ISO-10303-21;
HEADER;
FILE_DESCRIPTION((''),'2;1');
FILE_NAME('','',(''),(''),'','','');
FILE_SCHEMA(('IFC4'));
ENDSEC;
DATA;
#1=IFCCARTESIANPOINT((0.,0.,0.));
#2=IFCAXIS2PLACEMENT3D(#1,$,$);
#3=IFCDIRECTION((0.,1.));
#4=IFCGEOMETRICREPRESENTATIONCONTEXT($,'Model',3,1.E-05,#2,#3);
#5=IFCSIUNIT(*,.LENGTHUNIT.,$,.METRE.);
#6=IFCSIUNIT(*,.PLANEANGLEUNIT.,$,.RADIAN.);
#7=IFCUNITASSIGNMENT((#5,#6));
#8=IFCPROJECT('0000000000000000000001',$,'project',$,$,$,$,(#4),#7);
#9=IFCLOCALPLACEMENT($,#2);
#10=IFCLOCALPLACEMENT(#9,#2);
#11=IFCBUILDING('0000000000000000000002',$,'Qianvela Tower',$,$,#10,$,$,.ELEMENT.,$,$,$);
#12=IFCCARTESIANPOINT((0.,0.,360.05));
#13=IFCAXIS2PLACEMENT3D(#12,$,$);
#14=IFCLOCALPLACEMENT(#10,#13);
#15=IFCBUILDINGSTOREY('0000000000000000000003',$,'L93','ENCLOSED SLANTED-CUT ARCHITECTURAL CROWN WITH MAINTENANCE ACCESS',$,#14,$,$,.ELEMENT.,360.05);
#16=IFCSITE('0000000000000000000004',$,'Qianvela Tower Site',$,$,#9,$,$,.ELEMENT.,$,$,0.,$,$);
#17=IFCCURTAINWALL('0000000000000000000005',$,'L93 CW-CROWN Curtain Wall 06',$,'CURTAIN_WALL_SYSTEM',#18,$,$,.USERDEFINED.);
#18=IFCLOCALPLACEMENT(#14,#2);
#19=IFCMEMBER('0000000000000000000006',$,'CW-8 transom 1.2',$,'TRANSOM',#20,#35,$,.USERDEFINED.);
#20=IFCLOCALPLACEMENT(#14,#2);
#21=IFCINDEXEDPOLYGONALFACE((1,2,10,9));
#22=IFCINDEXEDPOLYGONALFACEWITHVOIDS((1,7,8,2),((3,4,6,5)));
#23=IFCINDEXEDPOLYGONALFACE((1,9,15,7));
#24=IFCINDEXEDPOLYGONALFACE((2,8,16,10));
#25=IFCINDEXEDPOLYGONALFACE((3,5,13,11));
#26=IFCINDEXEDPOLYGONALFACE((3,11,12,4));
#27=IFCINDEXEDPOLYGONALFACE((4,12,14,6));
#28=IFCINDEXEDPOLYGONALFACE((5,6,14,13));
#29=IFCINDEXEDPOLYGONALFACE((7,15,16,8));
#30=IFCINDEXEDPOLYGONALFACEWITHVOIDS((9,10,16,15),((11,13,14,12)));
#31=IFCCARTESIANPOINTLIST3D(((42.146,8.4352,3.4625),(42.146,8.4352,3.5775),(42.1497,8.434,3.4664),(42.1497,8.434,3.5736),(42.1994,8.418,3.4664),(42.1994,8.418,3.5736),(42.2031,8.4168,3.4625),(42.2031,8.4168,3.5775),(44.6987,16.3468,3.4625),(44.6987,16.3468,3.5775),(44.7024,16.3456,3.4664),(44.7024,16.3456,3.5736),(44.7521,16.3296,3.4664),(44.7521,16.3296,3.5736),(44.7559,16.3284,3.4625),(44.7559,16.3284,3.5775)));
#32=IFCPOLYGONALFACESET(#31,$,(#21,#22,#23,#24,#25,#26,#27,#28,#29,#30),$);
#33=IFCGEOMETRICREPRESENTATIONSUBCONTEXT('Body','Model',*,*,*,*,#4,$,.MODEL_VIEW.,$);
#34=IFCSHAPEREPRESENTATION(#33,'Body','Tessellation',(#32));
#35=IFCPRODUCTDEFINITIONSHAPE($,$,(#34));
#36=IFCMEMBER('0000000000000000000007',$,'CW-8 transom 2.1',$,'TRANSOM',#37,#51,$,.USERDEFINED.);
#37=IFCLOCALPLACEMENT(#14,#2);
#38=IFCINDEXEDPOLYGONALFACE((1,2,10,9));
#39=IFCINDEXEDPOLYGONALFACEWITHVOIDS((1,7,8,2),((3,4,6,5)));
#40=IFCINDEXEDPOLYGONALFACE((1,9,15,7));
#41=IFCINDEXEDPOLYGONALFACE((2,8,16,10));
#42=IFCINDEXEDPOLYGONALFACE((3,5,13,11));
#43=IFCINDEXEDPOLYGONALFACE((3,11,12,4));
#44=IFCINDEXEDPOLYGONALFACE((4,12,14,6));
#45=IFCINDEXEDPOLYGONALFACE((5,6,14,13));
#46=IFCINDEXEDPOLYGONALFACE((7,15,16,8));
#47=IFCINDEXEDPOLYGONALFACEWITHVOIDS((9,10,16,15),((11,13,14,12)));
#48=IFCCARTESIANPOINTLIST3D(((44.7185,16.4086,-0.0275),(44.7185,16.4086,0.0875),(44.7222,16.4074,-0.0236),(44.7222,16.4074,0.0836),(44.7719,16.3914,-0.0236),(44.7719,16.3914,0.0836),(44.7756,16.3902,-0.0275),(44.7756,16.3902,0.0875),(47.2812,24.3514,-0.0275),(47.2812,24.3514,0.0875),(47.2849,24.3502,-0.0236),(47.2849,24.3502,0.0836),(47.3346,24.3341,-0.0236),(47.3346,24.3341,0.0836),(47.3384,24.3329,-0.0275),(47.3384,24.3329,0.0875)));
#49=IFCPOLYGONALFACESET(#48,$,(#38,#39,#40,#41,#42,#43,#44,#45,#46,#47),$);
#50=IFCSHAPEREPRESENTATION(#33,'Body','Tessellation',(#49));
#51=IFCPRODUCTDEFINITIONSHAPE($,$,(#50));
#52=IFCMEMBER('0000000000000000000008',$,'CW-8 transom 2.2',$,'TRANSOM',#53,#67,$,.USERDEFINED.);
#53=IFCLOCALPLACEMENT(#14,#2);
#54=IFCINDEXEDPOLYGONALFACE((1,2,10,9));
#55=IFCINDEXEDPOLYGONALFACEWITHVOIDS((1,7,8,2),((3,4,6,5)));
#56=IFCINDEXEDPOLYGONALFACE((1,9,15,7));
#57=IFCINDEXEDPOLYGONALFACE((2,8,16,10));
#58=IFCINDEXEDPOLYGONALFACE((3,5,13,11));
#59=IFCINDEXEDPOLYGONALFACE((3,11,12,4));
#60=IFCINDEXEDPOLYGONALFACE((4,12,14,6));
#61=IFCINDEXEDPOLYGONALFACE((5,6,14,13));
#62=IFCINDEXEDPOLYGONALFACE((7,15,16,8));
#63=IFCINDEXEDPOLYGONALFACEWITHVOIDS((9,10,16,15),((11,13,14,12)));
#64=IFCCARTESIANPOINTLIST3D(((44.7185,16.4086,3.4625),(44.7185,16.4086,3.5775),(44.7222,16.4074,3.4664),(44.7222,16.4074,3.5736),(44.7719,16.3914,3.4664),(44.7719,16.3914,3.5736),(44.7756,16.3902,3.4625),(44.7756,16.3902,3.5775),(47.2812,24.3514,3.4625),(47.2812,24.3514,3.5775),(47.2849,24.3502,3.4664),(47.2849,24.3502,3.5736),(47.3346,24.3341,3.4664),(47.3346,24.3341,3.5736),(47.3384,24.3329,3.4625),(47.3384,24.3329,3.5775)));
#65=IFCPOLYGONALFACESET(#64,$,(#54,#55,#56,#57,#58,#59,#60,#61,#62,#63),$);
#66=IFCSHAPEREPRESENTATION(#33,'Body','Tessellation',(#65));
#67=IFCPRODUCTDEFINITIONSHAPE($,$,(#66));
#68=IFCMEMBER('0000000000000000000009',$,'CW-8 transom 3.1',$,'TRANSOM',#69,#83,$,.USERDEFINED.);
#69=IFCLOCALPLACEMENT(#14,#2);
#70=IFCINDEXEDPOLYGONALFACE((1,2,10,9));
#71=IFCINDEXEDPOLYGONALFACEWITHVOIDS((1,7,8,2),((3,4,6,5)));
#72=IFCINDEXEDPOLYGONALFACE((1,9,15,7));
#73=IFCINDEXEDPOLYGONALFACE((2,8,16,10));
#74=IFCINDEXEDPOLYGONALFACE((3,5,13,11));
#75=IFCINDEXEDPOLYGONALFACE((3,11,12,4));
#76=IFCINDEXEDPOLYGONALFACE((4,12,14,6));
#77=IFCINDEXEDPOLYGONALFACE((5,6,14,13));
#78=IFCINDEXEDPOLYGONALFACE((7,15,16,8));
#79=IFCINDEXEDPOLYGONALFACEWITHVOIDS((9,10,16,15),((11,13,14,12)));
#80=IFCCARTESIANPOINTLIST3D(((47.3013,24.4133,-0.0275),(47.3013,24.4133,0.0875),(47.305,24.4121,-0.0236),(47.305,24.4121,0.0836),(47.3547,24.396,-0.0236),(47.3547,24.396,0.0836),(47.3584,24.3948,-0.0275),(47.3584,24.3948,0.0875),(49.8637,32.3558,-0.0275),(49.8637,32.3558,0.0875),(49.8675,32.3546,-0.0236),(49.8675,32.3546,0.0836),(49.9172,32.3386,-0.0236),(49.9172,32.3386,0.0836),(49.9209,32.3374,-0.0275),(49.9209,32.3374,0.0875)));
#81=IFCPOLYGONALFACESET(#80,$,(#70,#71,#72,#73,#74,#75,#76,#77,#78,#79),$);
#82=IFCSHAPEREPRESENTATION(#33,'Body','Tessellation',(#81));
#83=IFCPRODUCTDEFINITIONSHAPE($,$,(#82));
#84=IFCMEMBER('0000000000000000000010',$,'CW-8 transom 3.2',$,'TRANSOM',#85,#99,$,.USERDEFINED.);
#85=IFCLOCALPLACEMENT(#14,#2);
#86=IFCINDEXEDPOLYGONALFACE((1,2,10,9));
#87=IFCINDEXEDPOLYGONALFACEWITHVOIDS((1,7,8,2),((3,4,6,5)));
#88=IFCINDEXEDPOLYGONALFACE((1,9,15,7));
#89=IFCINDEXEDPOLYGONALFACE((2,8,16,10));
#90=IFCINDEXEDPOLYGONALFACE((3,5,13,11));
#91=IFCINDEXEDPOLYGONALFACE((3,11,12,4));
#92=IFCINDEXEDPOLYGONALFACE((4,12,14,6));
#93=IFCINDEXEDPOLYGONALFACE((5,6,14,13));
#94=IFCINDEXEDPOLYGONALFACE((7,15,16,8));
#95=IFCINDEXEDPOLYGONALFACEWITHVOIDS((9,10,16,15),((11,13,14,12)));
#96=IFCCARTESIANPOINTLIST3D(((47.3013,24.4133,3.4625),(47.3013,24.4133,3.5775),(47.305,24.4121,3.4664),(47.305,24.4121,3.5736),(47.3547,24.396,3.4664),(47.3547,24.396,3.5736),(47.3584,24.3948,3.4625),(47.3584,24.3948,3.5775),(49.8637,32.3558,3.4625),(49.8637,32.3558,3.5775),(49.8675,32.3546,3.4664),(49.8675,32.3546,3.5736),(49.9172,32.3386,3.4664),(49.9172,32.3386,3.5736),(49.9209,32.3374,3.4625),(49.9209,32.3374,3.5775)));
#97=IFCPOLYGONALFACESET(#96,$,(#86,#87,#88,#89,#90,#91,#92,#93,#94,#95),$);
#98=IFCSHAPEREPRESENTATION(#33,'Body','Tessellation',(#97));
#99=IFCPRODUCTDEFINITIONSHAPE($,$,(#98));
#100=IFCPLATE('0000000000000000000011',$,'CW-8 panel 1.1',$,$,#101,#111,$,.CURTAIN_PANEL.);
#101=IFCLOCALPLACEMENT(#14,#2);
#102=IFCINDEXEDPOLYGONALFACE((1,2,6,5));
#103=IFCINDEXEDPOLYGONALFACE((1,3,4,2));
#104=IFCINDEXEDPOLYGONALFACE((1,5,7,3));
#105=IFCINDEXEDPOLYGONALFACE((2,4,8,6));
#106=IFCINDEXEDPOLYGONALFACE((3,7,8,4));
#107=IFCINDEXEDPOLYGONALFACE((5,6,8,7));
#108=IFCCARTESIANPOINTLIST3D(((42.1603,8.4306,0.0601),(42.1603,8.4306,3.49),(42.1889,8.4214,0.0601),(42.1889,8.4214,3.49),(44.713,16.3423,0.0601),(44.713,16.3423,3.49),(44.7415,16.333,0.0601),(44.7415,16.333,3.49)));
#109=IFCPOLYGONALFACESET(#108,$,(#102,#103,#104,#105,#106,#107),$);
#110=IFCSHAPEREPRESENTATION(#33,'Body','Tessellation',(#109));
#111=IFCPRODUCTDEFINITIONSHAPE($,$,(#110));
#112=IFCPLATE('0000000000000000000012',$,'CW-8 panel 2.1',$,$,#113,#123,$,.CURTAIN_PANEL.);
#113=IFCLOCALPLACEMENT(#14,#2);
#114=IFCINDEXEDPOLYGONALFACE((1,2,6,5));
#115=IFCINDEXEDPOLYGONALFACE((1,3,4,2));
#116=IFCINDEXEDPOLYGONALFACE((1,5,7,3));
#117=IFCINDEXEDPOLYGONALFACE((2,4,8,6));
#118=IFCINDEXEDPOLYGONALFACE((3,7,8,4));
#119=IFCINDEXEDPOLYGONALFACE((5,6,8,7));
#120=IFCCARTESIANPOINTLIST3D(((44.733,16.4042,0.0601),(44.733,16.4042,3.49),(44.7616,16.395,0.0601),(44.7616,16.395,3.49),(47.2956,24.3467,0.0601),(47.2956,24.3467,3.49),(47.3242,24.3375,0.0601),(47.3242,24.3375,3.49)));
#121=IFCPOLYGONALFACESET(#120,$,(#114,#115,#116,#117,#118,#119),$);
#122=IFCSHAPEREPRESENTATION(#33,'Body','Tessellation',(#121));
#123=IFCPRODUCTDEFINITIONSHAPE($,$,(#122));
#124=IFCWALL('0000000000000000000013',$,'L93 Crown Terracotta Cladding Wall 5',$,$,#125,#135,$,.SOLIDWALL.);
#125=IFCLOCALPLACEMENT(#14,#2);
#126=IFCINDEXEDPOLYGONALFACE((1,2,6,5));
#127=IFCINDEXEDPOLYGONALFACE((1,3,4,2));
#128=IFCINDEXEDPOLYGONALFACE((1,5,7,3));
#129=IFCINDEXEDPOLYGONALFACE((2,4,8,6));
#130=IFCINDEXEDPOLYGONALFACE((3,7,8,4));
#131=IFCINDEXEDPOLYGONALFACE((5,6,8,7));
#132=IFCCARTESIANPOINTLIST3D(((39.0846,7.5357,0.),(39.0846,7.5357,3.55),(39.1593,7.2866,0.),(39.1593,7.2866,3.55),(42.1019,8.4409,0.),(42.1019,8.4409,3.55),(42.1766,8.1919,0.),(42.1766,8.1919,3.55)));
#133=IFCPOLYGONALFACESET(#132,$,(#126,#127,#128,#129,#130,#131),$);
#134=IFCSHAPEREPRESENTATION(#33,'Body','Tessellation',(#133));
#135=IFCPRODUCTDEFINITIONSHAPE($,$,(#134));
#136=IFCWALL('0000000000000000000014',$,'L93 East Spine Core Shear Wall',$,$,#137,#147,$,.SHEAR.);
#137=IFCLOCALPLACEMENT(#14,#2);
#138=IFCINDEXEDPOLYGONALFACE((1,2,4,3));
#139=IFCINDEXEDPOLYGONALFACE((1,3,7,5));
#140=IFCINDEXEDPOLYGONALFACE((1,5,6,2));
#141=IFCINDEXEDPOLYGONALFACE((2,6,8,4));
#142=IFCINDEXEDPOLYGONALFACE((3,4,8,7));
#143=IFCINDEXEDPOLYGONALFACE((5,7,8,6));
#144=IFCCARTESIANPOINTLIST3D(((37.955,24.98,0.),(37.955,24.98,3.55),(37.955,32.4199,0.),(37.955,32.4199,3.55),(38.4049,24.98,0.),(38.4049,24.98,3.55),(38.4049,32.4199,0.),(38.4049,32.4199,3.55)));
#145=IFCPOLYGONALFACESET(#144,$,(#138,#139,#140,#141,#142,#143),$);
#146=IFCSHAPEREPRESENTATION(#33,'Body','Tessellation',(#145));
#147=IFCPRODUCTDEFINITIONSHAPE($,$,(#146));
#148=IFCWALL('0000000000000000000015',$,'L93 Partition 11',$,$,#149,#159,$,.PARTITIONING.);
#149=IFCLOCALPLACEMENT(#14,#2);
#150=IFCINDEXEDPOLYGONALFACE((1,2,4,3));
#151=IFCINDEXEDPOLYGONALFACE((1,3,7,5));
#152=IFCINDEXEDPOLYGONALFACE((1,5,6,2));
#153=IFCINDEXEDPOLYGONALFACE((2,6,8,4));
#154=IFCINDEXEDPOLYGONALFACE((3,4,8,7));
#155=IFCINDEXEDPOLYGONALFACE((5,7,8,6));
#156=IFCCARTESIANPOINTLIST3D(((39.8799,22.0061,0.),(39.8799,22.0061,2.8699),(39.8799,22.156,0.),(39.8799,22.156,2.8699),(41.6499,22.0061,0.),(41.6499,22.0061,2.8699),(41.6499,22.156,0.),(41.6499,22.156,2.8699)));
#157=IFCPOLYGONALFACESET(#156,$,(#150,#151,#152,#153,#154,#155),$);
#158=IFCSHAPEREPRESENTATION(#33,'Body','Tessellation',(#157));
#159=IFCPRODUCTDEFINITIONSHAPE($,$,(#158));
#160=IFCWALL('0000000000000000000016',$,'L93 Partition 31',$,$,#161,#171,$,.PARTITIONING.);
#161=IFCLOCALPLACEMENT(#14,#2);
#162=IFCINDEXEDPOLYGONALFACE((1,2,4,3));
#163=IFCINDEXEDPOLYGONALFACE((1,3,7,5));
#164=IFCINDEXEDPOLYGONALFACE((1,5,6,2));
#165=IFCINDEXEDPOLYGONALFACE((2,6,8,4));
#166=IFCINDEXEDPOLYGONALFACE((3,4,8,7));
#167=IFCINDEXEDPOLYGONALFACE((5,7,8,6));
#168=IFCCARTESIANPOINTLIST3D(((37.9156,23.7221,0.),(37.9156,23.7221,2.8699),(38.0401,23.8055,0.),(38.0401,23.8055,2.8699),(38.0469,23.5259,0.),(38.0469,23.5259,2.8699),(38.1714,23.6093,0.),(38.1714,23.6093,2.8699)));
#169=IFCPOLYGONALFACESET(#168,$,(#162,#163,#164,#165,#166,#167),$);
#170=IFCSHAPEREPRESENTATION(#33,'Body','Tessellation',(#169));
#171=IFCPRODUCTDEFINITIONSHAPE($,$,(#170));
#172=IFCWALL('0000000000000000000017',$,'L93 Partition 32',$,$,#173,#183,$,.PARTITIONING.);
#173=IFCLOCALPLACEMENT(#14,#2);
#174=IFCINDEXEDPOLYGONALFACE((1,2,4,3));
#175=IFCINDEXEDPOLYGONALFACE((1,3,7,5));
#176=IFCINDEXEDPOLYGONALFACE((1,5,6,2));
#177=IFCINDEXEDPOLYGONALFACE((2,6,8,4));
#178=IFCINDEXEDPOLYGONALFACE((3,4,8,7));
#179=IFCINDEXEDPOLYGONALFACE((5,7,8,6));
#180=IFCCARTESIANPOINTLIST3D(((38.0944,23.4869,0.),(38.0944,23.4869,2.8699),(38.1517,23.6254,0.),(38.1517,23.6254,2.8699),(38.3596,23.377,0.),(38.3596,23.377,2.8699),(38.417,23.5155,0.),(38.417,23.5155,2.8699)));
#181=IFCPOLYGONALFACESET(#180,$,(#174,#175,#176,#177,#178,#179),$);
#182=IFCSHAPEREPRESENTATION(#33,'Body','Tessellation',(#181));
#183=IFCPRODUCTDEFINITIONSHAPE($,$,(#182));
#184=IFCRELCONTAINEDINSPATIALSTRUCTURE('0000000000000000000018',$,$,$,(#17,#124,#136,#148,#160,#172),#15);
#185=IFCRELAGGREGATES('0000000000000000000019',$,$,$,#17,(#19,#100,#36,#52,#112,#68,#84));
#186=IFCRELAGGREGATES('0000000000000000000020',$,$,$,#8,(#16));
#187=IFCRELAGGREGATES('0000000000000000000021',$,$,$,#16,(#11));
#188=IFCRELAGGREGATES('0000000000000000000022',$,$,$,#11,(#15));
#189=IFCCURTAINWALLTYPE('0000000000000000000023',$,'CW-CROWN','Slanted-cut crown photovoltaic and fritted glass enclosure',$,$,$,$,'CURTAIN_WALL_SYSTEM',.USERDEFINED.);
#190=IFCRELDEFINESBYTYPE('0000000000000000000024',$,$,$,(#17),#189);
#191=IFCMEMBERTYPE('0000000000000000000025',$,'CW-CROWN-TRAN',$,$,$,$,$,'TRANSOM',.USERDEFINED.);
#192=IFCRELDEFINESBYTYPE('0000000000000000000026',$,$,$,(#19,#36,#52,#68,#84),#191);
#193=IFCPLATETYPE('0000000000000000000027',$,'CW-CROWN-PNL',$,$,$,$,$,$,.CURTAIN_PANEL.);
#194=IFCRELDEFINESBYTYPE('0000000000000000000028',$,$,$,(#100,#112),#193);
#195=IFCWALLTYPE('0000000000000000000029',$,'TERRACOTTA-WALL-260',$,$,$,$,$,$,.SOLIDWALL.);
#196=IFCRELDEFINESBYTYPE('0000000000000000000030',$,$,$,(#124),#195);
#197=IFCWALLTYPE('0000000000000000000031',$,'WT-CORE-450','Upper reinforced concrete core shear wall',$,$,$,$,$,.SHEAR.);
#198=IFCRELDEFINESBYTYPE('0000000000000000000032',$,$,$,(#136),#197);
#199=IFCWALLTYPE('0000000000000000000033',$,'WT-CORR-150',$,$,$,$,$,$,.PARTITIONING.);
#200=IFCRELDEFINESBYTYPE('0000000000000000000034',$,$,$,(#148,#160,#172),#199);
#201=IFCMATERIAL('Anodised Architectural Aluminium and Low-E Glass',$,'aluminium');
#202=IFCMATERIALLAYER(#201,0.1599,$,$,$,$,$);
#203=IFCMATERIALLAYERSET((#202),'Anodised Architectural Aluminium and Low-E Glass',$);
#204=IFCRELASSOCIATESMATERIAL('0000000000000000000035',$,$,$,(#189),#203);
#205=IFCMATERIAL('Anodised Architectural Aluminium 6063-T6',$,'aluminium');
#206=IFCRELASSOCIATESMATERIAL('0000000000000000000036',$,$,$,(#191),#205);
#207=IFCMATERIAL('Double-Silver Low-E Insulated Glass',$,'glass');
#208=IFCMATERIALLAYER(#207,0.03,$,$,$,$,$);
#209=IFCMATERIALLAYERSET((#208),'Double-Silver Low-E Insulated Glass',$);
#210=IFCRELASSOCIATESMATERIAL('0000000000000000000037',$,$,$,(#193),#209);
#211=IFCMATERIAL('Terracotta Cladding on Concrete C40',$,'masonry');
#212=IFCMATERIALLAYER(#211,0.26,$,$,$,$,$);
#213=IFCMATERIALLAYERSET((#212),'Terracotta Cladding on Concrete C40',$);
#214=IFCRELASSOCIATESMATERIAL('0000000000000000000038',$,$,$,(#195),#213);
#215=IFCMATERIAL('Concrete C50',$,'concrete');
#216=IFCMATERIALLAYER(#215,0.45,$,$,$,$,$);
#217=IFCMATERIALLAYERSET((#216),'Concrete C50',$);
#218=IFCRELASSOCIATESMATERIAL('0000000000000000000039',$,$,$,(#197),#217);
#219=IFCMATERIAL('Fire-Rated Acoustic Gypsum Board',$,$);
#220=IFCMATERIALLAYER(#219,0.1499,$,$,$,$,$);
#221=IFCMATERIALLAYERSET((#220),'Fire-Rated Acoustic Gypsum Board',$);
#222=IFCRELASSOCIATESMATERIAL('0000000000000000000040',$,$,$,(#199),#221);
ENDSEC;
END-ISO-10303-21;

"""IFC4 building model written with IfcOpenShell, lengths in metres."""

from ifc_helpers import new_model, si_unit, direction, frame, frame_2d, origin, origin_2d, place, context, subcontext, project, spatial, rectangle, hollow_rectangle, extrude, material, layer, layer_set, material_profile, profile_set, type_object, element, aggregate, save


model = new_model("IFC4")

# Units and contexts
model_context = context("Model", 3, precision=1e-05, world=origin(), true_north=direction((0.0, 1.0)))
body_context = subcontext(model_context, "Body", "Model", "MODEL_VIEW")
ifc_project = project(units=[si_unit("LENGTHUNIT", "METRE"), si_unit("PLANEANGLEUNIT", "RADIAN")], contexts=[model_context])

# Site, building, storey
site_placement = place(None, origin())
site = spatial("IfcSite", under=ifc_project, at=site_placement, Name="Qianvela Tower Site", CompositionType="ELEMENT", RefElevation=0.0)
building_placement = place(site_placement, origin())
building = spatial("IfcBuilding", under=site, at=building_placement, Name="Qianvela Tower", CompositionType="ELEMENT")
storey_placement = place(building_placement, frame((0.0, 0.0, 360.05)))
storey = spatial("IfcBuildingStorey", under=building, at=storey_placement, Name="L93", Description="ENCLOSED SLANTED-CUT ARCHITECTURAL CROWN WITH MAINTENANCE ACCESS", CompositionType="ELEMENT", Elevation=360.05)

# Shared definitions
ifc_material_1 = material(Name="Anodised Architectural Aluminium and Low-E Glass", Category="aluminium")
ifc_layer_1 = layer(ifc_material_1, 0.1599)
ifc_layer_set_1 = layer_set([ifc_layer_1], Name="Anodised Architectural Aluminium and Low-E Glass")
curtain_wall_type = type_object("IfcCurtainWallType", Name="CW-CROWN", Description="Slanted-cut crown photovoltaic and fritted glass enclosure", ElementType="CURTAIN_WALL_SYSTEM", PredefinedType="USERDEFINED", material=ifc_layer_set_1)

# Curtain wall, members, plates
curtain_wall_1_placement = place(storey_placement, origin())
curtain_wall_1 = element("IfcCurtainWall", 1, at=curtain_wall_1_placement, inside=storey, type_object=curtain_wall_type, Name="L93 CW-CROWN Curtain Wall 06", ObjectType="CURTAIN_WALL_SYSTEM", PredefinedType="USERDEFINED")
ifc_material_2 = material(Name="Anodised Architectural Aluminium 6063-T6", Category="aluminium")
ifc_material_profile_1 = material_profile(ifc_material_2, hollow_rectangle(XDim=0.0601, YDim=0.115, WallThickness=0.0039, at=origin_2d()), Name="ALU-TRAN-60x115")
ifc_profile_set_1 = profile_set([ifc_material_profile_1], Name="Anodised Architectural Aluminium 6063-T6")
member_type_1 = type_object("IfcMemberType", Name="CW-CROWN-TRAN", ElementType="TRANSOM", PredefinedType="USERDEFINED", material=ifc_profile_set_1)
member_1_placement = place(storey_placement, frame((42.1746, 8.426, 3.52), z_axis=(0.307068, 0.951688, 0.0), x_axis=(-0.951688, 0.307068, 0.0)))
member_1 = element("IfcMember", 2, at=member_1_placement, type_object=member_type_1, Name="CW-8 transom 1.2", ObjectType="TRANSOM", PredefinedType="USERDEFINED", context=body_context, shape_type="SweptSolid", body=[
    extrude(hollow_rectangle(XDim=0.0601, YDim=0.115, WallThickness=0.0039, at=origin_2d()), origin(), (0.0, 0.0, 1.0), 8.3132),
])
member_2_placement = place(storey_placement, frame((44.7471, 16.3994, 0.03), z_axis=(0.30706, 0.95169, 0.0), x_axis=(-0.95169, 0.30706, 0.0)))
member_2 = element("IfcMember", 3, at=member_2_placement, type_object=member_type_1, Name="CW-8 transom 2.1", ObjectType="TRANSOM", PredefinedType="USERDEFINED", context=body_context, shape_type="SweptSolid", body=[
    extrude(hollow_rectangle(XDim=0.0601, YDim=0.115, WallThickness=0.0039, at=origin_2d()), origin(), (0.0, 0.0, 1.0), 8.3459),
])
member_3_placement = place(storey_placement, frame((44.7471, 16.3994, 3.52), z_axis=(0.30706, 0.95169, 0.0), x_axis=(-0.95169, 0.30706, 0.0)))
member_3 = element("IfcMember", 4, at=member_3_placement, type_object=member_type_1, Name="CW-8 transom 2.2", ObjectType="TRANSOM", PredefinedType="USERDEFINED", context=body_context, shape_type="SweptSolid", body=[
    extrude(hollow_rectangle(XDim=0.0601, YDim=0.115, WallThickness=0.0039, at=origin_2d()), origin(), (0.0, 0.0, 1.0), 8.3459),
])
member_4_placement = place(storey_placement, frame((47.3298, 24.4041, 0.03), z_axis=(0.307042, 0.951696, 0.0), x_axis=(-0.951696, 0.307042, 0.0)))
member_4 = element("IfcMember", 5, at=member_4_placement, type_object=member_type_1, Name="CW-8 transom 3.1", ObjectType="TRANSOM", PredefinedType="USERDEFINED", context=body_context, shape_type="SweptSolid", body=[
    extrude(hollow_rectangle(XDim=0.0601, YDim=0.115, WallThickness=0.0039, at=origin_2d()), origin(), (0.0, 0.0, 1.0), 8.3457),
])
member_5_placement = place(storey_placement, frame((47.3298, 24.4041, 3.52), z_axis=(0.307042, 0.951696, 0.0), x_axis=(-0.951696, 0.307042, 0.0)))
member_5 = element("IfcMember", 6, at=member_5_placement, type_object=member_type_1, Name="CW-8 transom 3.2", ObjectType="TRANSOM", PredefinedType="USERDEFINED", context=body_context, shape_type="SweptSolid", body=[
    extrude(hollow_rectangle(XDim=0.0601, YDim=0.115, WallThickness=0.0039, at=origin_2d()), origin(), (0.0, 0.0, 1.0), 8.3457),
])
ifc_material_3 = material(Name="Double-Silver Low-E Insulated Glass", Category="glass")
ifc_layer_2 = layer(ifc_material_3, 0.03)
ifc_layer_set_2 = layer_set([ifc_layer_2], Name="Double-Silver Low-E Insulated Glass")
plate_type = type_object("IfcPlateType", Name="CW-CROWN-PNL", PredefinedType="CURTAIN_PANEL", material=ifc_layer_set_2)
plate_1_placement = place(storey_placement, frame((43.4509, 12.3818, 0.0601), z_axis=(0.0, 0.0, 1.0), x_axis=(0.307057, 0.951691, 0.0)))
plate_1 = element("IfcPlate", 7, at=plate_1_placement, type_object=plate_type, Name="CW-8 panel 1.1", PredefinedType="CURTAIN_PANEL", context=body_context, shape_type="SweptSolid", body=[
    extrude(rectangle(XDim=8.3132, YDim=0.03, at=origin_2d()), origin(), (0.0, 0.0, 1.0), 3.4299),
])
plate_2_placement = place(storey_placement, frame((46.0286, 20.3708, 0.0601), z_axis=(0.0, 0.0, 1.0), x_axis=(0.307057, 0.951691, 0.0)))
plate_2 = element("IfcPlate", 8, at=plate_2_placement, type_object=plate_type, Name="CW-8 panel 2.1", PredefinedType="CURTAIN_PANEL", context=body_context, shape_type="SweptSolid", body=[
    extrude(rectangle(XDim=8.3457, YDim=0.03, at=origin_2d()), origin(), (0.0, 0.0, 1.0), 3.4299),
])
aggregate(curtain_wall_1, [member_1, plate_1, member_2, member_3, plate_2, member_4, member_5])

# Walls
ifc_material_4 = material(Name="Terracotta Cladding on Concrete C40", Category="masonry")
ifc_layer_3 = layer(ifc_material_4, 0.26)
ifc_layer_set_3 = layer_set([ifc_layer_3], Name="Terracotta Cladding on Concrete C40")
wall_type_1 = type_object("IfcWallType", Name="TERRACOTTA-WALL-260", PredefinedType="SOLIDWALL", material=ifc_layer_set_3)
wall_1_placement = place(storey_placement, frame((39.1218, 7.4111, 0.0), z_axis=(0.0, 0.0, 1.0), x_axis=(0.95782, 0.287369, 0.0)))
element("IfcWall", 9, at=wall_1_placement, inside=storey, type_object=wall_type_1, Name="L93 Crown Terracotta Cladding Wall 5", PredefinedType="SOLIDWALL", context=body_context, shape_type="SweptSolid", body=[
    extrude(rectangle(XDim=3.1501, YDim=0.26, at=frame_2d((1.5752, 0.0))), origin(), (0.0, 0.0, 1.0), 3.55),
])
ifc_material_5 = material(Name="Concrete C50", Category="concrete")
ifc_layer_4 = layer(ifc_material_5, 0.45)
ifc_layer_set_4 = layer_set([ifc_layer_4], Name="Concrete C50")
wall_type_2 = type_object("IfcWallType", Name="WT-CORE-450", Description="Upper reinforced concrete core shear wall", PredefinedType="SHEAR", material=ifc_layer_set_4)
wall_2_placement = place(storey_placement, frame((38.1799, 24.98, 0.0), z_axis=(0.0, 0.0, 1.0), x_axis=(0.0, 1.0, 0.0)))
element("IfcWall", 10, at=wall_2_placement, inside=storey, type_object=wall_type_2, Name="L93 East Spine Core Shear Wall", PredefinedType="SHEAR", context=body_context, shape_type="SweptSolid", body=[
    extrude(rectangle(XDim=7.4399, YDim=0.45, at=frame_2d((3.72, 0.0))), origin(), (0.0, 0.0, 1.0), 3.55),
])

# Shared definitions
ifc_material_6 = material(Name="Fire-Rated Acoustic Gypsum Board")
ifc_layer_5 = layer(ifc_material_6, 0.1499)
ifc_layer_set_5 = layer_set([ifc_layer_5], Name="Fire-Rated Acoustic Gypsum Board")
wall_type_3 = type_object("IfcWallType", Name="WT-CORR-150", PredefinedType="PARTITIONING", material=ifc_layer_set_5)

# Walls
wall_3_placement = place(storey_placement, frame((41.6499, 22.0811, 0.0), z_axis=(0.0, 0.0, 1.0), x_axis=(-1.0, 0.0, 0.0)))
element("IfcWall", 11, at=wall_3_placement, inside=storey, type_object=wall_type_3, Name="L93 Partition 11", PredefinedType="PARTITIONING", context=body_context, shape_type="SweptSolid", body=[
    extrude(rectangle(XDim=1.77, YDim=0.1499, at=frame_2d((0.885, 0.0))), origin(), (0.0, 0.0, 1.0), 2.8699),
])
wall_4_placement = place(storey_placement, frame((37.9778, 23.7639, 0.0), z_axis=(0.0, 0.0, 1.0), x_axis=(0.556131, -0.831095, 0.0)))
element("IfcWall", 12, at=wall_4_placement, inside=storey, type_object=wall_type_3, Name="L93 Partition 31", PredefinedType="PARTITIONING", context=body_context, shape_type="SweptSolid", body=[
    extrude(rectangle(XDim=0.2361, YDim=0.1499, at=frame_2d((0.1182, 0.0))), origin(), (0.0, 0.0, 1.0), 2.8699),
])
wall_5_placement = place(storey_placement, frame((38.123, 23.5562, 0.0), z_axis=(0.0, 0.0, 1.0), x_axis=(0.92383, -0.382803, 0.0)))
element("IfcWall", 13, at=wall_5_placement, inside=storey, type_object=wall_type_3, Name="L93 Partition 32", PredefinedType="PARTITIONING", context=body_context, shape_type="SweptSolid", body=[
    extrude(rectangle(XDim=0.2871, YDim=0.1499, at=frame_2d((0.1436, 0.0))), origin(), (0.0, 0.0, 1.0), 2.8699),
])

save(model, "model.ifc")
